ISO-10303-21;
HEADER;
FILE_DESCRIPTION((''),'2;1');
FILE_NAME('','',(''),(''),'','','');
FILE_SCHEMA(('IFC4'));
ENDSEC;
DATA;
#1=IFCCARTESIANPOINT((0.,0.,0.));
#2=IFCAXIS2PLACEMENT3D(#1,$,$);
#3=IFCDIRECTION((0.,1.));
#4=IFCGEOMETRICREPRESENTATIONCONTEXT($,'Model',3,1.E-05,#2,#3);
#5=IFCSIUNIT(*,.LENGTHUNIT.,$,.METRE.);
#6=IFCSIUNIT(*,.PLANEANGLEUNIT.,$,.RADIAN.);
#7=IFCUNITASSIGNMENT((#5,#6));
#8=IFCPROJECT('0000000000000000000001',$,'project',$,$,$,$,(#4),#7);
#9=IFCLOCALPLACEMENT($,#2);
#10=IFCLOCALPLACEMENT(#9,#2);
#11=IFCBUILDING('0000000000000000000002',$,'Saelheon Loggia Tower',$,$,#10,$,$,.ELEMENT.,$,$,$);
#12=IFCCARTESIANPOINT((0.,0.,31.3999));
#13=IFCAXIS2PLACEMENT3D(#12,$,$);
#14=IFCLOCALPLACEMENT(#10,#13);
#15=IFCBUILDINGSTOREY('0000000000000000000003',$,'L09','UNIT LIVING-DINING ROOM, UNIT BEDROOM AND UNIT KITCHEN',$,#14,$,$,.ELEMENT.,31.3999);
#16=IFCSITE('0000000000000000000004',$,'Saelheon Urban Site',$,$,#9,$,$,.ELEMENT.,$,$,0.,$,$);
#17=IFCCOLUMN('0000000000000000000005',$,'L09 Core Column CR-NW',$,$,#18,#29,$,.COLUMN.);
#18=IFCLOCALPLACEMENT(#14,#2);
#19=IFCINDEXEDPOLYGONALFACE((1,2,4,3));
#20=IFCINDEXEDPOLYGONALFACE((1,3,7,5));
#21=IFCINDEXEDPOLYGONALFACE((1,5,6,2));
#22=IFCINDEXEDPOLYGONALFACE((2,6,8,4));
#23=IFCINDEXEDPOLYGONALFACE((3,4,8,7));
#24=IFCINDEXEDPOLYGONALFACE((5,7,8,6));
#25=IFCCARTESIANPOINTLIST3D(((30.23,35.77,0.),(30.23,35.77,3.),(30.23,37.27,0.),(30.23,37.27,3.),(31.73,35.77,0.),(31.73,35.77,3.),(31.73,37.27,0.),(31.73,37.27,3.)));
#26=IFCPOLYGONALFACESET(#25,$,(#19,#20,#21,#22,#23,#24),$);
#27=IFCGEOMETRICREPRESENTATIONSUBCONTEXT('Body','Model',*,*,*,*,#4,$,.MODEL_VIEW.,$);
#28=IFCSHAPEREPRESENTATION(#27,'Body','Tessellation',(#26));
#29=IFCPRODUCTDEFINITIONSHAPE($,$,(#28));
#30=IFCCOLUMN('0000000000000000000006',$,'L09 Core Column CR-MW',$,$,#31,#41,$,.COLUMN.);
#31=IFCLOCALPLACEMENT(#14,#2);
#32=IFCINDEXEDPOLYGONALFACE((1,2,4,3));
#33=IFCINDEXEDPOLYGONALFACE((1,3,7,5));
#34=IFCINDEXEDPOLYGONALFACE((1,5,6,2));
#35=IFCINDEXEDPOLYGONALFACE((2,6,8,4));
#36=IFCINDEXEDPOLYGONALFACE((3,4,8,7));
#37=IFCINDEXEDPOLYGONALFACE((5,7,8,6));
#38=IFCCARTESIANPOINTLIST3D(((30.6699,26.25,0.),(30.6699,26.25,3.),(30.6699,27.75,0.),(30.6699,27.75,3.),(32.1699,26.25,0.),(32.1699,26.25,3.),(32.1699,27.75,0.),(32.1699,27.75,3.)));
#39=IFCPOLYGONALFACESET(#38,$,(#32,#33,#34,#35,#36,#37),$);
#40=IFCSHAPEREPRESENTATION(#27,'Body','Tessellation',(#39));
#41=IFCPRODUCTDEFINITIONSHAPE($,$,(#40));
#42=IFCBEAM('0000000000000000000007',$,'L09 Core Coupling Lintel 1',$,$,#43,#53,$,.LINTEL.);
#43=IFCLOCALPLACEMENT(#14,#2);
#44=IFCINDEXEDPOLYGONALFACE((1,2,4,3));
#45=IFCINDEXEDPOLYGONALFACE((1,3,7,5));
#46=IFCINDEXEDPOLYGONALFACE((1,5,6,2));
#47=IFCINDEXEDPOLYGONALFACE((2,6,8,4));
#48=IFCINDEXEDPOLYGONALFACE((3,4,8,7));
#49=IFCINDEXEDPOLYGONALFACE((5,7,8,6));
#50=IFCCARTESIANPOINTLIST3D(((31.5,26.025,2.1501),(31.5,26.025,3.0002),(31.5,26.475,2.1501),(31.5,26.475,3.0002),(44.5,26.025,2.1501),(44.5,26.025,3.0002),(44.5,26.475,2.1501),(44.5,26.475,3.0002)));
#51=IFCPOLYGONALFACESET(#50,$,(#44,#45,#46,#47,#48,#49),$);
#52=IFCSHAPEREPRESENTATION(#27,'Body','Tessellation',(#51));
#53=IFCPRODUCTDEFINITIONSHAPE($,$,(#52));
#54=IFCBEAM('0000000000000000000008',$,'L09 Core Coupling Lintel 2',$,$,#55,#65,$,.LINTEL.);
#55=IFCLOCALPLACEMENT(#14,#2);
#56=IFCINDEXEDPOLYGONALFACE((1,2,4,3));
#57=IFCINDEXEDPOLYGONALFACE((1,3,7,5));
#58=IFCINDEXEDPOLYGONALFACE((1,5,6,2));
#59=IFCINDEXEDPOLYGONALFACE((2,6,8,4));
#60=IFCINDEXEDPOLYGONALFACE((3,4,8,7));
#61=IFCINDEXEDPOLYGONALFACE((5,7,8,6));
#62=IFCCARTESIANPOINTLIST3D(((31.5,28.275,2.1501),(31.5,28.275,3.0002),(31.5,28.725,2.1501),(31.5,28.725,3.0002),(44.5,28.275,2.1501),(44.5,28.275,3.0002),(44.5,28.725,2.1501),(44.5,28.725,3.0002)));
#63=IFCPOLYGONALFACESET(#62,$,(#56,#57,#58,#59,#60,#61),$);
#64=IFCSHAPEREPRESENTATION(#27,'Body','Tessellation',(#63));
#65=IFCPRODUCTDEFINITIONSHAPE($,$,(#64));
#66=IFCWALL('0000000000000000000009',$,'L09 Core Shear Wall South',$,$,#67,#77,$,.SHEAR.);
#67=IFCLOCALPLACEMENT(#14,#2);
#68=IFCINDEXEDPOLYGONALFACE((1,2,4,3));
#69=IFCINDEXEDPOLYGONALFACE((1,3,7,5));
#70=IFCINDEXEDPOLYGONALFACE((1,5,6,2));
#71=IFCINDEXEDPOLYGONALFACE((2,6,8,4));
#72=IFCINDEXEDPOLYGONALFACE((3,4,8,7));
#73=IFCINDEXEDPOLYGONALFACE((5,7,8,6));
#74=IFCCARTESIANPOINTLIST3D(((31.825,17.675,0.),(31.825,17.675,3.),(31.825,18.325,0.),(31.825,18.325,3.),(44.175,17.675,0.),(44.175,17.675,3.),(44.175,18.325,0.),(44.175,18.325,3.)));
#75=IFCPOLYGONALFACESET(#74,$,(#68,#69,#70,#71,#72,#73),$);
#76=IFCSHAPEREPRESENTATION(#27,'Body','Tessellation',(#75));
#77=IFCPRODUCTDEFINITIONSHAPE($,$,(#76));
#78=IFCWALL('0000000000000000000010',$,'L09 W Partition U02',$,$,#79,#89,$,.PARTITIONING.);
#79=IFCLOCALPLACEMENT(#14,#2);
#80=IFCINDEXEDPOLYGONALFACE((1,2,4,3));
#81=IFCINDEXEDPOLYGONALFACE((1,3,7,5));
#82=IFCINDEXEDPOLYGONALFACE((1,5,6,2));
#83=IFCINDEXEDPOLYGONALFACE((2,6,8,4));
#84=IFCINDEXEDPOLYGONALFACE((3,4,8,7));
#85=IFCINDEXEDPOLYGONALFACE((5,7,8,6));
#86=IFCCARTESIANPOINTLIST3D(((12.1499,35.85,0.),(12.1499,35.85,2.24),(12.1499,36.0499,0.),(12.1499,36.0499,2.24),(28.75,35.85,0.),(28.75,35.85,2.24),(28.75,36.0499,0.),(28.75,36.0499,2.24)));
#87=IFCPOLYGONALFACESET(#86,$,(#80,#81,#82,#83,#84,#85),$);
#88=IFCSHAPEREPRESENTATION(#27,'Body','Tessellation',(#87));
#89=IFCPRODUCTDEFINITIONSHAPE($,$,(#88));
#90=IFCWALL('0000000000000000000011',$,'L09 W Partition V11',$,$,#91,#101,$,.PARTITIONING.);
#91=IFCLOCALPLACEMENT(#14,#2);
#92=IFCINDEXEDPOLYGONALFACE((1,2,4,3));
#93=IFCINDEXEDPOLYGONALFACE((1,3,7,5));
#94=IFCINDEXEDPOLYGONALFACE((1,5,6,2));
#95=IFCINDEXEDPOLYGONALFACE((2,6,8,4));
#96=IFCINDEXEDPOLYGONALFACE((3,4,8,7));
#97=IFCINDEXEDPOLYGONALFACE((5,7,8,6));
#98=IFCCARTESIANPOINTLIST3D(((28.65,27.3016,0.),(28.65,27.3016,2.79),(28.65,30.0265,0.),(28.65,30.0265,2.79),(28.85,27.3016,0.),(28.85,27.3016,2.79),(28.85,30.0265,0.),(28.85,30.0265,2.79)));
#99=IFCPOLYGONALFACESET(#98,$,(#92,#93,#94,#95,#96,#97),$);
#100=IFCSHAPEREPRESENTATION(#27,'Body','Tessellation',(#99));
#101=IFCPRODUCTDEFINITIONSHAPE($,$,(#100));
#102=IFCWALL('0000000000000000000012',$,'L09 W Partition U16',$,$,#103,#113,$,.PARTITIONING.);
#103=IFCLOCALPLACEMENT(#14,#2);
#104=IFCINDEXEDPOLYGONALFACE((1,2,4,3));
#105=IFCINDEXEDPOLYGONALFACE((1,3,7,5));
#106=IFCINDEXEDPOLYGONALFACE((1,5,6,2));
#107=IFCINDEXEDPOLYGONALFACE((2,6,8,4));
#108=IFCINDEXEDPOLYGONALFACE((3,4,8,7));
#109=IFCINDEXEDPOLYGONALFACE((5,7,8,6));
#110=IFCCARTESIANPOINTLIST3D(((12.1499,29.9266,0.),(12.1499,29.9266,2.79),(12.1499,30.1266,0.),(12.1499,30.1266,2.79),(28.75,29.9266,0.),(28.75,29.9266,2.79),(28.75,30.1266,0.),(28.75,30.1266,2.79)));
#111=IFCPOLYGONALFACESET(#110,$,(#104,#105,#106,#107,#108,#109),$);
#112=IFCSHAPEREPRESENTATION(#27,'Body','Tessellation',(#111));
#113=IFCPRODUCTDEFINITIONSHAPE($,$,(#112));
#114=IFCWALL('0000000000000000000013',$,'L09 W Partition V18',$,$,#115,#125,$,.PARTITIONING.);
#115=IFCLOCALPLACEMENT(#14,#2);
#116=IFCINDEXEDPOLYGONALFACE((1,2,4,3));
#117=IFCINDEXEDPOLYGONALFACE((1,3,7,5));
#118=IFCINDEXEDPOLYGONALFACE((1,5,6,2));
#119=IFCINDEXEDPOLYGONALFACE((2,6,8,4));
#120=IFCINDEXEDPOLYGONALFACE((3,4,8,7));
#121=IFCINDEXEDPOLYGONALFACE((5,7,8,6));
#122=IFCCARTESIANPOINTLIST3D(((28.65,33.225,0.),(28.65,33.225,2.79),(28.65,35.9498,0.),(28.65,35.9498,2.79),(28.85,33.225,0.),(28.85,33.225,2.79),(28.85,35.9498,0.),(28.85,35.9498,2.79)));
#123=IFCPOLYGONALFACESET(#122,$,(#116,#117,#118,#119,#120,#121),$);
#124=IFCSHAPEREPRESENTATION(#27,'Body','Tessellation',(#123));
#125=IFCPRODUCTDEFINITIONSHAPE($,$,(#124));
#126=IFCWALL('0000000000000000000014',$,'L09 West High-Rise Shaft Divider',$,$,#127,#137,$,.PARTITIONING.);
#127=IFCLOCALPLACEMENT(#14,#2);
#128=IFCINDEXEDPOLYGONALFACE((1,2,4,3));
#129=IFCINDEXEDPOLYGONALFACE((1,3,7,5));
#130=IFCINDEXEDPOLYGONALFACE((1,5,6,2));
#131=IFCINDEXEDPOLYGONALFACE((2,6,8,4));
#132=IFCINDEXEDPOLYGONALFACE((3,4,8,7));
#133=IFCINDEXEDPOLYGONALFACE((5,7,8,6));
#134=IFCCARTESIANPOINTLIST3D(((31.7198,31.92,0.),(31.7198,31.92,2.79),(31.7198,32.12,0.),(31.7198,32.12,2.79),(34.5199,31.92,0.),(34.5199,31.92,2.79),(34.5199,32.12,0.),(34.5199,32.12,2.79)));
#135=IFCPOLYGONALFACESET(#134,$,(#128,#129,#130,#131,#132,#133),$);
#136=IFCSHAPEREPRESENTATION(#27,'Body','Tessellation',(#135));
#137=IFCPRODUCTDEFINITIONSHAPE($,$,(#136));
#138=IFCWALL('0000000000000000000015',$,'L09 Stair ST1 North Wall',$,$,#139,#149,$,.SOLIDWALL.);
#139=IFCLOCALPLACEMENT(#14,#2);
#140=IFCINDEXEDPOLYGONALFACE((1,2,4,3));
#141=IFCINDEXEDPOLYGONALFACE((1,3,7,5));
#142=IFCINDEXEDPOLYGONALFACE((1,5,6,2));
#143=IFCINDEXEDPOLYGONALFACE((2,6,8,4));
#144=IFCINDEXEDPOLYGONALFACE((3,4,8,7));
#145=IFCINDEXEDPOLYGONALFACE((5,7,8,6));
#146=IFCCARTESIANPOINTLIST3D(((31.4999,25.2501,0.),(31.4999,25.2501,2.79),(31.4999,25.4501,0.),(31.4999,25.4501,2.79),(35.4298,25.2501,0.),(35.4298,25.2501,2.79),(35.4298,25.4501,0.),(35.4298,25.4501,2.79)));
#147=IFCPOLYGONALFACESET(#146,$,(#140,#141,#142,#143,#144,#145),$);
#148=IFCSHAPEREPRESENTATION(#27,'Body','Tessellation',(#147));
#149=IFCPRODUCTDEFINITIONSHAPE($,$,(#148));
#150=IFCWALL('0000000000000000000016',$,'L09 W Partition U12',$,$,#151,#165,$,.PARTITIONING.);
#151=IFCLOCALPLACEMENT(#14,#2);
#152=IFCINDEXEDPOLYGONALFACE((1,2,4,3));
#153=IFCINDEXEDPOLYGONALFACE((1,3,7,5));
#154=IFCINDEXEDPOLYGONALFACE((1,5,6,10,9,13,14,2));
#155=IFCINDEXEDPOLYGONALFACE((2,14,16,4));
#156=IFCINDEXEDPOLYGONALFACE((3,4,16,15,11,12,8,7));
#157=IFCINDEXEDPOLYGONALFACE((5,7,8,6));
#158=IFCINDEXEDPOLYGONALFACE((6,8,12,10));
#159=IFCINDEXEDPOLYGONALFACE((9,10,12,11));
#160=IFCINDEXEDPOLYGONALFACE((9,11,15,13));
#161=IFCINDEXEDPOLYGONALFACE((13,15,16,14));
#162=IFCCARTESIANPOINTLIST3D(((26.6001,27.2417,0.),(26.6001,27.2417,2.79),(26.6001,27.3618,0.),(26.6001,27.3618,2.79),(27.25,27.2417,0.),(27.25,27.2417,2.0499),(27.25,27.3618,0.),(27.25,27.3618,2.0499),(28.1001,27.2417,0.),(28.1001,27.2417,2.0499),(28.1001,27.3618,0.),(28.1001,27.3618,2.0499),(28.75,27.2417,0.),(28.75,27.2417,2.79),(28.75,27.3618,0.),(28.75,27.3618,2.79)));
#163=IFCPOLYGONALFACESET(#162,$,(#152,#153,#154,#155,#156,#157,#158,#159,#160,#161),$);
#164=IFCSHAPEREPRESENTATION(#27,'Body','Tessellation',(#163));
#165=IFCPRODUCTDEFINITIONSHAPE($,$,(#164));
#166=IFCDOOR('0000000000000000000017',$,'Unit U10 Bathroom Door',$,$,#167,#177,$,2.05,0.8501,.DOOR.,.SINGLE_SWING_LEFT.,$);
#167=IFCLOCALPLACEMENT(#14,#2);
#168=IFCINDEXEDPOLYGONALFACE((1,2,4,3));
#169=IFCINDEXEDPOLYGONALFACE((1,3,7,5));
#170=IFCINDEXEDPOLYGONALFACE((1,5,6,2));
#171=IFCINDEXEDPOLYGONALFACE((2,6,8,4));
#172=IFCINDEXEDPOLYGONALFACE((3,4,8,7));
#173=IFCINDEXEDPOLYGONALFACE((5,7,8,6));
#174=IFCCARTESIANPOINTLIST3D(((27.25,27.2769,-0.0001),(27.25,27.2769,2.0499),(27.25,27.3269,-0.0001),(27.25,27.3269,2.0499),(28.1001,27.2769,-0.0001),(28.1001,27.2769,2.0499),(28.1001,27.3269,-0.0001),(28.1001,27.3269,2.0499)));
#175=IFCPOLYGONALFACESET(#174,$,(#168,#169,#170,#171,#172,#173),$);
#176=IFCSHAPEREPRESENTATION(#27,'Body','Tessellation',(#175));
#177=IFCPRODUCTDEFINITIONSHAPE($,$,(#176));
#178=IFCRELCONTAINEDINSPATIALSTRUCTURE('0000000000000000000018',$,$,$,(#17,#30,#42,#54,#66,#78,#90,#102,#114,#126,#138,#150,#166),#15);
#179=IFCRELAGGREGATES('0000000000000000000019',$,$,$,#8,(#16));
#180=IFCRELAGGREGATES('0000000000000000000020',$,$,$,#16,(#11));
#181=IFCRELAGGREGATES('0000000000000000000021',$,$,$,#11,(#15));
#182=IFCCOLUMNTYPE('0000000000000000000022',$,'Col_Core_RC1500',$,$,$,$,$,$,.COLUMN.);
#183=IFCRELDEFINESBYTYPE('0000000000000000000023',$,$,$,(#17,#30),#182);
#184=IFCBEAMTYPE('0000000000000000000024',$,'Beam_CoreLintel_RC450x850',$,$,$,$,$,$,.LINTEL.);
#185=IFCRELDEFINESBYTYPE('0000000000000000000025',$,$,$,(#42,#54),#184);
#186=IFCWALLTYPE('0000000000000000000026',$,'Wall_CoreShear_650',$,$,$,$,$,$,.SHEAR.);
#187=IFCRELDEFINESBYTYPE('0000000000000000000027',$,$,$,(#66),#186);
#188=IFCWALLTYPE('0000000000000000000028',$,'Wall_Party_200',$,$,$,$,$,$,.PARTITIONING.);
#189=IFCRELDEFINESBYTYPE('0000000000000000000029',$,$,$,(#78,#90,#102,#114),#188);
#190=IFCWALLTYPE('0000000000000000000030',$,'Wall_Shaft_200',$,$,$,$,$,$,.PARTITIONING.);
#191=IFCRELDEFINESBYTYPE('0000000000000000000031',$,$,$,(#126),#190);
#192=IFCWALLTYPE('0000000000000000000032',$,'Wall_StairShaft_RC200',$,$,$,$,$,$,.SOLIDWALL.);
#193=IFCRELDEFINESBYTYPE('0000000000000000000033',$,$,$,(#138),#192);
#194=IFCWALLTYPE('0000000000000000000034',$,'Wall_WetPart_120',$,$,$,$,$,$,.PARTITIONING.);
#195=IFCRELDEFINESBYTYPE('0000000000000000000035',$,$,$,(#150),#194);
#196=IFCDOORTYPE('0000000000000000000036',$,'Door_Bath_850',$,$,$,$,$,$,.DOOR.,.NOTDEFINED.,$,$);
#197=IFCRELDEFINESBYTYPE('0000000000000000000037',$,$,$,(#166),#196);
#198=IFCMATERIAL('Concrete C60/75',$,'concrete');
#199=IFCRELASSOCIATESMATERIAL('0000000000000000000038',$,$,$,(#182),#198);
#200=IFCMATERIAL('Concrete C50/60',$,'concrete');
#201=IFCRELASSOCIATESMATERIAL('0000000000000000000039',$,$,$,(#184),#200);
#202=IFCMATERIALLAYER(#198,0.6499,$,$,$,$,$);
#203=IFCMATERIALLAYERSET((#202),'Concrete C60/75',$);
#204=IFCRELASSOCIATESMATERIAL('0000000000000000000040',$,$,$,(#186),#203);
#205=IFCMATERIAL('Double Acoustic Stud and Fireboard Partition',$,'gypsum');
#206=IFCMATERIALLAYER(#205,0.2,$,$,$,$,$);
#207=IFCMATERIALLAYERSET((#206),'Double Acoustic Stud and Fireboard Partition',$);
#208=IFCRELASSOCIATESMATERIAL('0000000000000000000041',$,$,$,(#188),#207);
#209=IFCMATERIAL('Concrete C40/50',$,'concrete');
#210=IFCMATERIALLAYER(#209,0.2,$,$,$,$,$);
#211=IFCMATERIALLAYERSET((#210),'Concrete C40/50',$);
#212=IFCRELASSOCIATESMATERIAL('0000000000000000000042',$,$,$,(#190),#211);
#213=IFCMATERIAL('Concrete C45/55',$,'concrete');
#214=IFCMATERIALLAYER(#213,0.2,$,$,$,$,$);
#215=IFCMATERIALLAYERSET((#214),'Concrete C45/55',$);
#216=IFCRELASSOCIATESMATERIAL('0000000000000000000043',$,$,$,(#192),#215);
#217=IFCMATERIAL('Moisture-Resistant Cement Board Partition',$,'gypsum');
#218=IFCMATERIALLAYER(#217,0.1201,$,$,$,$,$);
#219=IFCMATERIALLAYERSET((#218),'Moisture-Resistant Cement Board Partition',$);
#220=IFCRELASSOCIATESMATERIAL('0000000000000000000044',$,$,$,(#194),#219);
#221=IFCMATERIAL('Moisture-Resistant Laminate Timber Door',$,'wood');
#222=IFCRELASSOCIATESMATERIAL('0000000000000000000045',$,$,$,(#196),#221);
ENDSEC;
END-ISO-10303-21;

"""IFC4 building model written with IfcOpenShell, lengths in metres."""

from ifc_helpers import new_model, si_unit, direction, frame, frame_2d, origin, origin_2d, place, context, subcontext, project, spatial, rectangle, extrude, source, transform, mapped, material, layer, layer_set, material_profile, profile_set, type_object, element, fill, save


model = new_model("IFC4")

# Units and contexts
model_context = context("Model", 3, precision=1e-05, world=origin(), true_north=direction((0.0, 1.0)))
body_context = subcontext(model_context, "Body", "Model", "MODEL_VIEW")
ifc_project = project(units=[si_unit("LENGTHUNIT", "METRE"), si_unit("PLANEANGLEUNIT", "RADIAN")], contexts=[model_context])

# Site, building, storey
site_placement = place(None, origin())
site = spatial("IfcSite", under=ifc_project, at=site_placement, Name="Saelheon Urban Site", CompositionType="ELEMENT", RefElevation=0.0)
building_placement = place(site_placement, origin())
building = spatial("IfcBuilding", under=site, at=building_placement, Name="Saelheon Loggia Tower", CompositionType="ELEMENT")
storey_placement = place(building_placement, frame((0.0, 0.0, 31.3999)))
storey = spatial("IfcBuildingStorey", under=building, at=storey_placement, Name="L09", Description="UNIT LIVING-DINING ROOM, UNIT BEDROOM AND UNIT KITCHEN", CompositionType="ELEMENT", Elevation=31.3999)

# Columns
ifc_material_1 = material(Name="Concrete C60/75", Category="concrete")
ifc_material_profile_1 = material_profile(ifc_material_1, rectangle(XDim=1.5, YDim=1.5, at=origin_2d()), Name="RC-1500x1500")
ifc_profile_set_1 = profile_set([ifc_material_profile_1], Name="Concrete C60/75")
column_type = type_object("IfcColumnType", Name="Col_Core_RC1500", PredefinedType="COLUMN", material=ifc_profile_set_1)
shared_shape_1 = source(origin(), body_context, "Body", "SweptSolid", [
    extrude(rectangle(XDim=1.5, YDim=1.5, at=origin_2d()), origin(), (0.0, 0.0, 1.0), 3.0),
])
for number, where, z_axis, x_axis, name in (
    (1, (30.98, 36.52, 0.0), (0.0, 0.0, 1.0), (1.0, 0.0, 0.0), "L09 Core Column CR-NW"),
    (2, (31.4199, 27.0, 0.0), (0.0, 0.0, 1.0), (1.0, 0.0, 0.0), "L09 Core Column CR-MW"),
):
    element("IfcColumn", number, at=place(storey_placement, frame(where, z_axis=z_axis, x_axis=x_axis)), inside=storey, type_object=column_type, Name=name, PredefinedType="COLUMN", context=body_context, shape_type="MappedRepresentation", body=[
        mapped(shared_shape_1, transform((0.0, 0.0, 0.0), scale=1.0)),
    ])

# Beams
ifc_material_2 = material(Name="Concrete C50/60", Category="concrete")
ifc_material_profile_2 = material_profile(ifc_material_2, rectangle(XDim=0.45, YDim=0.8501, at=origin_2d()), Name="RC-450x850")
ifc_profile_set_2 = profile_set([ifc_material_profile_2], Name="Concrete C50/60")
beam_type = type_object("IfcBeamType", Name="Beam_CoreLintel_RC450x850", PredefinedType="LINTEL", material=ifc_profile_set_2)
shared_shape_2 = source(origin(), body_context, "Body", "SweptSolid", [
    extrude(rectangle(XDim=0.45, YDim=0.8501, at=origin_2d()), origin(), (0.0, 0.0, 1.0), 13.0),
])
for number, where, z_axis, x_axis, name in (
    (3, (31.5, 26.25, 2.5752), (1.0, 0.0, 0.0), (0.0, 1.0, 0.0), "L09 Core Coupling Lintel 1"),
    (4, (31.5, 28.5, 2.5752), (1.0, 0.0, 0.0), (0.0, 1.0, 0.0), "L09 Core Coupling Lintel 2"),
):
    element("IfcBeam", number, at=place(storey_placement, frame(where, z_axis=z_axis, x_axis=x_axis)), inside=storey, type_object=beam_type, Name=name, PredefinedType="LINTEL", context=body_context, shape_type="MappedRepresentation", body=[
        mapped(shared_shape_2, transform((0.0, 0.0, 0.0), scale=1.0)),
    ])

# Wall
ifc_layer_1 = layer(ifc_material_1, 0.6499)
ifc_layer_set_1 = layer_set([ifc_layer_1], Name="Concrete C60/75")
wall_type_1 = type_object("IfcWallType", Name="Wall_CoreShear_650", PredefinedType="SHEAR", material=ifc_layer_set_1)
wall_1_placement = place(storey_placement, frame((31.825, 18.0, 0.0), z_axis=(0.0, 0.0, 1.0), x_axis=(1.0, 0.0, 0.0)))
element("IfcWall", 5, at=wall_1_placement, inside=storey, type_object=wall_type_1, Name="L09 Core Shear Wall South", PredefinedType="SHEAR", context=body_context, shape_type="SweptSolid", body=[
    extrude(rectangle(XDim=12.3501, YDim=0.6499, at=frame_2d((6.175, 0.0))), origin(), (0.0, 0.0, 1.0), 3.0),
])

# Walls
ifc_material_3 = material(Name="Double Acoustic Stud and Fireboard Partition", Category="gypsum")
ifc_layer_2 = layer(ifc_material_3, 0.2)
ifc_layer_set_2 = layer_set([ifc_layer_2], Name="Double Acoustic Stud and Fireboard Partition")
wall_type_2 = type_object("IfcWallType", Name="Wall_Party_200", PredefinedType="PARTITIONING", material=ifc_layer_set_2)
wall_2_placement = place(storey_placement, frame((28.75, 35.95, 0.0), z_axis=(0.0, 0.0, 1.0), x_axis=(-1.0, 0.0, 0.0)))
element("IfcWall", 6, at=wall_2_placement, inside=storey, type_object=wall_type_2, Name="L09 W Partition U02", PredefinedType="PARTITIONING", context=body_context, shape_type="SweptSolid", body=[
    extrude(rectangle(XDim=16.6001, YDim=0.2, at=frame_2d((8.3, 0.0))), origin(), (0.0, 0.0, 1.0), 2.24),
])
wall_3_placement = place(storey_placement, frame((28.75, 27.3018, 0.0), z_axis=(0.0, 0.0, 1.0), x_axis=(0.0, 1.0, 0.0)))
element("IfcWall", 7, at=wall_3_placement, inside=storey, type_object=wall_type_2, Name="L09 W Partition V11", PredefinedType="PARTITIONING", context=body_context, shape_type="SweptSolid", body=[
    extrude(rectangle(XDim=2.7249, YDim=0.2, at=frame_2d((1.3623, 0.0))), origin(), (0.0, 0.0, 1.0), 2.79),
])
wall_4_placement = place(storey_placement, frame((28.75, 30.0266, 0.0), z_axis=(0.0, 0.0, 1.0), x_axis=(-1.0, 0.0, 0.0)))
element("IfcWall", 8, at=wall_4_placement, inside=storey, type_object=wall_type_2, Name="L09 W Partition U16", PredefinedType="PARTITIONING", context=body_context, shape_type="SweptSolid", body=[
    extrude(rectangle(XDim=16.6001, YDim=0.2, at=frame_2d((8.3, 0.0))), origin(), (0.0, 0.0, 1.0), 2.79),
])

# Walls
wall_5_placement = place(storey_placement, frame((28.75, 33.2251, 0.0), z_axis=(0.0, 0.0, 1.0), x_axis=(0.0, 1.0, 0.0)))
element("IfcWall", 9, at=wall_5_placement, inside=storey, type_object=wall_type_2, Name="L09 W Partition V18", PredefinedType="PARTITIONING", context=body_context, shape_type="SweptSolid", body=[
    extrude(rectangle(XDim=2.7249, YDim=0.2, at=frame_2d((1.3623, 0.0))), origin(), (0.0, 0.0, 1.0), 2.79),
])
ifc_material_4 = material(Name="Concrete C40/50", Category="concrete")
ifc_layer_3 = layer(ifc_material_4, 0.2)
ifc_layer_set_3 = layer_set([ifc_layer_3], Name="Concrete C40/50")
wall_type_3 = type_object("IfcWallType", Name="Wall_Shaft_200", PredefinedType="PARTITIONING", material=ifc_layer_set_3)
wall_6_placement = place(storey_placement, frame((31.72, 32.02, 0.0), z_axis=(0.0, 0.0, 1.0), x_axis=(1.0, 0.0, 0.0)))
element("IfcWall", 10, at=wall_6_placement, inside=storey, type_object=wall_type_3, Name="L09 West High-Rise Shaft Divider", PredefinedType="PARTITIONING", context=body_context, shape_type="SweptSolid", body=[
    extrude(rectangle(XDim=2.8, YDim=0.2, at=frame_2d((1.3999, 0.0))), origin(), (0.0, 0.0, 1.0), 2.79),
])
ifc_material_5 = material(Name="Concrete C45/55", Category="concrete")
ifc_layer_4 = layer(ifc_material_5, 0.2)
ifc_layer_set_4 = layer_set([ifc_layer_4], Name="Concrete C45/55")
wall_type_4 = type_object("IfcWallType", Name="Wall_StairShaft_RC200", PredefinedType="SOLIDWALL", material=ifc_layer_set_4)
wall_7_placement = place(storey_placement, frame((31.5, 25.3501, 0.0), z_axis=(0.0, 0.0, 1.0), x_axis=(1.0, 0.0, 0.0)))
element("IfcWall", 11, at=wall_7_placement, inside=storey, type_object=wall_type_4, Name="L09 Stair ST1 North Wall", PredefinedType="SOLIDWALL", context=body_context, shape_type="SweptSolid", body=[
    extrude(rectangle(XDim=3.9299, YDim=0.2, at=frame_2d((1.9648, 0.0))), origin(), (0.0, 0.0, 1.0), 2.79),
])

# Wall, opening, door
ifc_material_6 = material(Name="Moisture-Resistant Cement Board Partition", Category="gypsum")
ifc_layer_5 = layer(ifc_material_6, 0.1201)
ifc_layer_set_5 = layer_set([ifc_layer_5], Name="Moisture-Resistant Cement Board Partition")
wall_type_5 = type_object("IfcWallType", Name="Wall_WetPart_120", PredefinedType="PARTITIONING", material=ifc_layer_set_5)
wall_8_placement = place(storey_placement, frame((28.75, 27.3018, 0.0), z_axis=(0.0, 0.0, 1.0), x_axis=(-1.0, 0.0, 0.0)))
wall_8 = element("IfcWall", 12, at=wall_8_placement, inside=storey, type_object=wall_type_5, Name="L09 W Partition U12", PredefinedType="PARTITIONING", context=body_context, shape_type="SweptSolid", body=[
    extrude(rectangle(XDim=2.1499, YDim=0.1201, at=frame_2d((1.075, 0.0))), origin(), (0.0, 0.0, 1.0), 2.79),
])
opening_1_placement = place(wall_8_placement, frame((0.6499, 0.0, 0.0)))
opening_1 = element("IfcOpeningElement", 13, at=opening_1_placement, cuts=wall_8, PredefinedType="OPENING", context=body_context, shape_type="SweptSolid", body=[
    extrude(rectangle(XDim=0.8501, YDim=2.05, at=frame_2d((0.425, 1.0249))), frame((0.0, 0.072, 0.0), z_axis=(0.0, -1.0, 0.0), x_axis=(1.0, 0.0, 0.0)), (0.0, 0.0, 1.0), 0.144),
])
ifc_material_7 = material(Name="Moisture-Resistant Laminate Timber Door", Category="wood")
door_type_1 = type_object("IfcDoorType", Name="Door_Bath_850", OperationType="NOTDEFINED", PredefinedType="DOOR", material=ifc_material_7)
shared_shape_3 = source(origin(), body_context, "Body", "SweptSolid", [
    extrude(rectangle(XDim=0.8501, YDim=2.05, at=frame_2d((0.425, 1.0249))), frame((0.0, 0.0249, 0.0), z_axis=(0.0, -1.0, 0.0), x_axis=(1.0, 0.0, 0.0)), (0.0, 0.0, 1.0), 0.05),
])
door_1_placement = place(opening_1_placement, origin())
door_1 = element("IfcDoor", 14, at=door_1_placement, inside=storey, type_object=door_type_1, Name="Unit U10 Bathroom Door", OperationType="SINGLE_SWING_LEFT", OverallHeight=2.05, OverallWidth=0.8501, PredefinedType="DOOR", context=body_context, shape_type="MappedRepresentation", body=[
    mapped(shared_shape_3, transform((0.0, 0.0, 0.0), scale=1.0)),
])
fill(opening_1, door_1)

save(model, "model.ifc")
